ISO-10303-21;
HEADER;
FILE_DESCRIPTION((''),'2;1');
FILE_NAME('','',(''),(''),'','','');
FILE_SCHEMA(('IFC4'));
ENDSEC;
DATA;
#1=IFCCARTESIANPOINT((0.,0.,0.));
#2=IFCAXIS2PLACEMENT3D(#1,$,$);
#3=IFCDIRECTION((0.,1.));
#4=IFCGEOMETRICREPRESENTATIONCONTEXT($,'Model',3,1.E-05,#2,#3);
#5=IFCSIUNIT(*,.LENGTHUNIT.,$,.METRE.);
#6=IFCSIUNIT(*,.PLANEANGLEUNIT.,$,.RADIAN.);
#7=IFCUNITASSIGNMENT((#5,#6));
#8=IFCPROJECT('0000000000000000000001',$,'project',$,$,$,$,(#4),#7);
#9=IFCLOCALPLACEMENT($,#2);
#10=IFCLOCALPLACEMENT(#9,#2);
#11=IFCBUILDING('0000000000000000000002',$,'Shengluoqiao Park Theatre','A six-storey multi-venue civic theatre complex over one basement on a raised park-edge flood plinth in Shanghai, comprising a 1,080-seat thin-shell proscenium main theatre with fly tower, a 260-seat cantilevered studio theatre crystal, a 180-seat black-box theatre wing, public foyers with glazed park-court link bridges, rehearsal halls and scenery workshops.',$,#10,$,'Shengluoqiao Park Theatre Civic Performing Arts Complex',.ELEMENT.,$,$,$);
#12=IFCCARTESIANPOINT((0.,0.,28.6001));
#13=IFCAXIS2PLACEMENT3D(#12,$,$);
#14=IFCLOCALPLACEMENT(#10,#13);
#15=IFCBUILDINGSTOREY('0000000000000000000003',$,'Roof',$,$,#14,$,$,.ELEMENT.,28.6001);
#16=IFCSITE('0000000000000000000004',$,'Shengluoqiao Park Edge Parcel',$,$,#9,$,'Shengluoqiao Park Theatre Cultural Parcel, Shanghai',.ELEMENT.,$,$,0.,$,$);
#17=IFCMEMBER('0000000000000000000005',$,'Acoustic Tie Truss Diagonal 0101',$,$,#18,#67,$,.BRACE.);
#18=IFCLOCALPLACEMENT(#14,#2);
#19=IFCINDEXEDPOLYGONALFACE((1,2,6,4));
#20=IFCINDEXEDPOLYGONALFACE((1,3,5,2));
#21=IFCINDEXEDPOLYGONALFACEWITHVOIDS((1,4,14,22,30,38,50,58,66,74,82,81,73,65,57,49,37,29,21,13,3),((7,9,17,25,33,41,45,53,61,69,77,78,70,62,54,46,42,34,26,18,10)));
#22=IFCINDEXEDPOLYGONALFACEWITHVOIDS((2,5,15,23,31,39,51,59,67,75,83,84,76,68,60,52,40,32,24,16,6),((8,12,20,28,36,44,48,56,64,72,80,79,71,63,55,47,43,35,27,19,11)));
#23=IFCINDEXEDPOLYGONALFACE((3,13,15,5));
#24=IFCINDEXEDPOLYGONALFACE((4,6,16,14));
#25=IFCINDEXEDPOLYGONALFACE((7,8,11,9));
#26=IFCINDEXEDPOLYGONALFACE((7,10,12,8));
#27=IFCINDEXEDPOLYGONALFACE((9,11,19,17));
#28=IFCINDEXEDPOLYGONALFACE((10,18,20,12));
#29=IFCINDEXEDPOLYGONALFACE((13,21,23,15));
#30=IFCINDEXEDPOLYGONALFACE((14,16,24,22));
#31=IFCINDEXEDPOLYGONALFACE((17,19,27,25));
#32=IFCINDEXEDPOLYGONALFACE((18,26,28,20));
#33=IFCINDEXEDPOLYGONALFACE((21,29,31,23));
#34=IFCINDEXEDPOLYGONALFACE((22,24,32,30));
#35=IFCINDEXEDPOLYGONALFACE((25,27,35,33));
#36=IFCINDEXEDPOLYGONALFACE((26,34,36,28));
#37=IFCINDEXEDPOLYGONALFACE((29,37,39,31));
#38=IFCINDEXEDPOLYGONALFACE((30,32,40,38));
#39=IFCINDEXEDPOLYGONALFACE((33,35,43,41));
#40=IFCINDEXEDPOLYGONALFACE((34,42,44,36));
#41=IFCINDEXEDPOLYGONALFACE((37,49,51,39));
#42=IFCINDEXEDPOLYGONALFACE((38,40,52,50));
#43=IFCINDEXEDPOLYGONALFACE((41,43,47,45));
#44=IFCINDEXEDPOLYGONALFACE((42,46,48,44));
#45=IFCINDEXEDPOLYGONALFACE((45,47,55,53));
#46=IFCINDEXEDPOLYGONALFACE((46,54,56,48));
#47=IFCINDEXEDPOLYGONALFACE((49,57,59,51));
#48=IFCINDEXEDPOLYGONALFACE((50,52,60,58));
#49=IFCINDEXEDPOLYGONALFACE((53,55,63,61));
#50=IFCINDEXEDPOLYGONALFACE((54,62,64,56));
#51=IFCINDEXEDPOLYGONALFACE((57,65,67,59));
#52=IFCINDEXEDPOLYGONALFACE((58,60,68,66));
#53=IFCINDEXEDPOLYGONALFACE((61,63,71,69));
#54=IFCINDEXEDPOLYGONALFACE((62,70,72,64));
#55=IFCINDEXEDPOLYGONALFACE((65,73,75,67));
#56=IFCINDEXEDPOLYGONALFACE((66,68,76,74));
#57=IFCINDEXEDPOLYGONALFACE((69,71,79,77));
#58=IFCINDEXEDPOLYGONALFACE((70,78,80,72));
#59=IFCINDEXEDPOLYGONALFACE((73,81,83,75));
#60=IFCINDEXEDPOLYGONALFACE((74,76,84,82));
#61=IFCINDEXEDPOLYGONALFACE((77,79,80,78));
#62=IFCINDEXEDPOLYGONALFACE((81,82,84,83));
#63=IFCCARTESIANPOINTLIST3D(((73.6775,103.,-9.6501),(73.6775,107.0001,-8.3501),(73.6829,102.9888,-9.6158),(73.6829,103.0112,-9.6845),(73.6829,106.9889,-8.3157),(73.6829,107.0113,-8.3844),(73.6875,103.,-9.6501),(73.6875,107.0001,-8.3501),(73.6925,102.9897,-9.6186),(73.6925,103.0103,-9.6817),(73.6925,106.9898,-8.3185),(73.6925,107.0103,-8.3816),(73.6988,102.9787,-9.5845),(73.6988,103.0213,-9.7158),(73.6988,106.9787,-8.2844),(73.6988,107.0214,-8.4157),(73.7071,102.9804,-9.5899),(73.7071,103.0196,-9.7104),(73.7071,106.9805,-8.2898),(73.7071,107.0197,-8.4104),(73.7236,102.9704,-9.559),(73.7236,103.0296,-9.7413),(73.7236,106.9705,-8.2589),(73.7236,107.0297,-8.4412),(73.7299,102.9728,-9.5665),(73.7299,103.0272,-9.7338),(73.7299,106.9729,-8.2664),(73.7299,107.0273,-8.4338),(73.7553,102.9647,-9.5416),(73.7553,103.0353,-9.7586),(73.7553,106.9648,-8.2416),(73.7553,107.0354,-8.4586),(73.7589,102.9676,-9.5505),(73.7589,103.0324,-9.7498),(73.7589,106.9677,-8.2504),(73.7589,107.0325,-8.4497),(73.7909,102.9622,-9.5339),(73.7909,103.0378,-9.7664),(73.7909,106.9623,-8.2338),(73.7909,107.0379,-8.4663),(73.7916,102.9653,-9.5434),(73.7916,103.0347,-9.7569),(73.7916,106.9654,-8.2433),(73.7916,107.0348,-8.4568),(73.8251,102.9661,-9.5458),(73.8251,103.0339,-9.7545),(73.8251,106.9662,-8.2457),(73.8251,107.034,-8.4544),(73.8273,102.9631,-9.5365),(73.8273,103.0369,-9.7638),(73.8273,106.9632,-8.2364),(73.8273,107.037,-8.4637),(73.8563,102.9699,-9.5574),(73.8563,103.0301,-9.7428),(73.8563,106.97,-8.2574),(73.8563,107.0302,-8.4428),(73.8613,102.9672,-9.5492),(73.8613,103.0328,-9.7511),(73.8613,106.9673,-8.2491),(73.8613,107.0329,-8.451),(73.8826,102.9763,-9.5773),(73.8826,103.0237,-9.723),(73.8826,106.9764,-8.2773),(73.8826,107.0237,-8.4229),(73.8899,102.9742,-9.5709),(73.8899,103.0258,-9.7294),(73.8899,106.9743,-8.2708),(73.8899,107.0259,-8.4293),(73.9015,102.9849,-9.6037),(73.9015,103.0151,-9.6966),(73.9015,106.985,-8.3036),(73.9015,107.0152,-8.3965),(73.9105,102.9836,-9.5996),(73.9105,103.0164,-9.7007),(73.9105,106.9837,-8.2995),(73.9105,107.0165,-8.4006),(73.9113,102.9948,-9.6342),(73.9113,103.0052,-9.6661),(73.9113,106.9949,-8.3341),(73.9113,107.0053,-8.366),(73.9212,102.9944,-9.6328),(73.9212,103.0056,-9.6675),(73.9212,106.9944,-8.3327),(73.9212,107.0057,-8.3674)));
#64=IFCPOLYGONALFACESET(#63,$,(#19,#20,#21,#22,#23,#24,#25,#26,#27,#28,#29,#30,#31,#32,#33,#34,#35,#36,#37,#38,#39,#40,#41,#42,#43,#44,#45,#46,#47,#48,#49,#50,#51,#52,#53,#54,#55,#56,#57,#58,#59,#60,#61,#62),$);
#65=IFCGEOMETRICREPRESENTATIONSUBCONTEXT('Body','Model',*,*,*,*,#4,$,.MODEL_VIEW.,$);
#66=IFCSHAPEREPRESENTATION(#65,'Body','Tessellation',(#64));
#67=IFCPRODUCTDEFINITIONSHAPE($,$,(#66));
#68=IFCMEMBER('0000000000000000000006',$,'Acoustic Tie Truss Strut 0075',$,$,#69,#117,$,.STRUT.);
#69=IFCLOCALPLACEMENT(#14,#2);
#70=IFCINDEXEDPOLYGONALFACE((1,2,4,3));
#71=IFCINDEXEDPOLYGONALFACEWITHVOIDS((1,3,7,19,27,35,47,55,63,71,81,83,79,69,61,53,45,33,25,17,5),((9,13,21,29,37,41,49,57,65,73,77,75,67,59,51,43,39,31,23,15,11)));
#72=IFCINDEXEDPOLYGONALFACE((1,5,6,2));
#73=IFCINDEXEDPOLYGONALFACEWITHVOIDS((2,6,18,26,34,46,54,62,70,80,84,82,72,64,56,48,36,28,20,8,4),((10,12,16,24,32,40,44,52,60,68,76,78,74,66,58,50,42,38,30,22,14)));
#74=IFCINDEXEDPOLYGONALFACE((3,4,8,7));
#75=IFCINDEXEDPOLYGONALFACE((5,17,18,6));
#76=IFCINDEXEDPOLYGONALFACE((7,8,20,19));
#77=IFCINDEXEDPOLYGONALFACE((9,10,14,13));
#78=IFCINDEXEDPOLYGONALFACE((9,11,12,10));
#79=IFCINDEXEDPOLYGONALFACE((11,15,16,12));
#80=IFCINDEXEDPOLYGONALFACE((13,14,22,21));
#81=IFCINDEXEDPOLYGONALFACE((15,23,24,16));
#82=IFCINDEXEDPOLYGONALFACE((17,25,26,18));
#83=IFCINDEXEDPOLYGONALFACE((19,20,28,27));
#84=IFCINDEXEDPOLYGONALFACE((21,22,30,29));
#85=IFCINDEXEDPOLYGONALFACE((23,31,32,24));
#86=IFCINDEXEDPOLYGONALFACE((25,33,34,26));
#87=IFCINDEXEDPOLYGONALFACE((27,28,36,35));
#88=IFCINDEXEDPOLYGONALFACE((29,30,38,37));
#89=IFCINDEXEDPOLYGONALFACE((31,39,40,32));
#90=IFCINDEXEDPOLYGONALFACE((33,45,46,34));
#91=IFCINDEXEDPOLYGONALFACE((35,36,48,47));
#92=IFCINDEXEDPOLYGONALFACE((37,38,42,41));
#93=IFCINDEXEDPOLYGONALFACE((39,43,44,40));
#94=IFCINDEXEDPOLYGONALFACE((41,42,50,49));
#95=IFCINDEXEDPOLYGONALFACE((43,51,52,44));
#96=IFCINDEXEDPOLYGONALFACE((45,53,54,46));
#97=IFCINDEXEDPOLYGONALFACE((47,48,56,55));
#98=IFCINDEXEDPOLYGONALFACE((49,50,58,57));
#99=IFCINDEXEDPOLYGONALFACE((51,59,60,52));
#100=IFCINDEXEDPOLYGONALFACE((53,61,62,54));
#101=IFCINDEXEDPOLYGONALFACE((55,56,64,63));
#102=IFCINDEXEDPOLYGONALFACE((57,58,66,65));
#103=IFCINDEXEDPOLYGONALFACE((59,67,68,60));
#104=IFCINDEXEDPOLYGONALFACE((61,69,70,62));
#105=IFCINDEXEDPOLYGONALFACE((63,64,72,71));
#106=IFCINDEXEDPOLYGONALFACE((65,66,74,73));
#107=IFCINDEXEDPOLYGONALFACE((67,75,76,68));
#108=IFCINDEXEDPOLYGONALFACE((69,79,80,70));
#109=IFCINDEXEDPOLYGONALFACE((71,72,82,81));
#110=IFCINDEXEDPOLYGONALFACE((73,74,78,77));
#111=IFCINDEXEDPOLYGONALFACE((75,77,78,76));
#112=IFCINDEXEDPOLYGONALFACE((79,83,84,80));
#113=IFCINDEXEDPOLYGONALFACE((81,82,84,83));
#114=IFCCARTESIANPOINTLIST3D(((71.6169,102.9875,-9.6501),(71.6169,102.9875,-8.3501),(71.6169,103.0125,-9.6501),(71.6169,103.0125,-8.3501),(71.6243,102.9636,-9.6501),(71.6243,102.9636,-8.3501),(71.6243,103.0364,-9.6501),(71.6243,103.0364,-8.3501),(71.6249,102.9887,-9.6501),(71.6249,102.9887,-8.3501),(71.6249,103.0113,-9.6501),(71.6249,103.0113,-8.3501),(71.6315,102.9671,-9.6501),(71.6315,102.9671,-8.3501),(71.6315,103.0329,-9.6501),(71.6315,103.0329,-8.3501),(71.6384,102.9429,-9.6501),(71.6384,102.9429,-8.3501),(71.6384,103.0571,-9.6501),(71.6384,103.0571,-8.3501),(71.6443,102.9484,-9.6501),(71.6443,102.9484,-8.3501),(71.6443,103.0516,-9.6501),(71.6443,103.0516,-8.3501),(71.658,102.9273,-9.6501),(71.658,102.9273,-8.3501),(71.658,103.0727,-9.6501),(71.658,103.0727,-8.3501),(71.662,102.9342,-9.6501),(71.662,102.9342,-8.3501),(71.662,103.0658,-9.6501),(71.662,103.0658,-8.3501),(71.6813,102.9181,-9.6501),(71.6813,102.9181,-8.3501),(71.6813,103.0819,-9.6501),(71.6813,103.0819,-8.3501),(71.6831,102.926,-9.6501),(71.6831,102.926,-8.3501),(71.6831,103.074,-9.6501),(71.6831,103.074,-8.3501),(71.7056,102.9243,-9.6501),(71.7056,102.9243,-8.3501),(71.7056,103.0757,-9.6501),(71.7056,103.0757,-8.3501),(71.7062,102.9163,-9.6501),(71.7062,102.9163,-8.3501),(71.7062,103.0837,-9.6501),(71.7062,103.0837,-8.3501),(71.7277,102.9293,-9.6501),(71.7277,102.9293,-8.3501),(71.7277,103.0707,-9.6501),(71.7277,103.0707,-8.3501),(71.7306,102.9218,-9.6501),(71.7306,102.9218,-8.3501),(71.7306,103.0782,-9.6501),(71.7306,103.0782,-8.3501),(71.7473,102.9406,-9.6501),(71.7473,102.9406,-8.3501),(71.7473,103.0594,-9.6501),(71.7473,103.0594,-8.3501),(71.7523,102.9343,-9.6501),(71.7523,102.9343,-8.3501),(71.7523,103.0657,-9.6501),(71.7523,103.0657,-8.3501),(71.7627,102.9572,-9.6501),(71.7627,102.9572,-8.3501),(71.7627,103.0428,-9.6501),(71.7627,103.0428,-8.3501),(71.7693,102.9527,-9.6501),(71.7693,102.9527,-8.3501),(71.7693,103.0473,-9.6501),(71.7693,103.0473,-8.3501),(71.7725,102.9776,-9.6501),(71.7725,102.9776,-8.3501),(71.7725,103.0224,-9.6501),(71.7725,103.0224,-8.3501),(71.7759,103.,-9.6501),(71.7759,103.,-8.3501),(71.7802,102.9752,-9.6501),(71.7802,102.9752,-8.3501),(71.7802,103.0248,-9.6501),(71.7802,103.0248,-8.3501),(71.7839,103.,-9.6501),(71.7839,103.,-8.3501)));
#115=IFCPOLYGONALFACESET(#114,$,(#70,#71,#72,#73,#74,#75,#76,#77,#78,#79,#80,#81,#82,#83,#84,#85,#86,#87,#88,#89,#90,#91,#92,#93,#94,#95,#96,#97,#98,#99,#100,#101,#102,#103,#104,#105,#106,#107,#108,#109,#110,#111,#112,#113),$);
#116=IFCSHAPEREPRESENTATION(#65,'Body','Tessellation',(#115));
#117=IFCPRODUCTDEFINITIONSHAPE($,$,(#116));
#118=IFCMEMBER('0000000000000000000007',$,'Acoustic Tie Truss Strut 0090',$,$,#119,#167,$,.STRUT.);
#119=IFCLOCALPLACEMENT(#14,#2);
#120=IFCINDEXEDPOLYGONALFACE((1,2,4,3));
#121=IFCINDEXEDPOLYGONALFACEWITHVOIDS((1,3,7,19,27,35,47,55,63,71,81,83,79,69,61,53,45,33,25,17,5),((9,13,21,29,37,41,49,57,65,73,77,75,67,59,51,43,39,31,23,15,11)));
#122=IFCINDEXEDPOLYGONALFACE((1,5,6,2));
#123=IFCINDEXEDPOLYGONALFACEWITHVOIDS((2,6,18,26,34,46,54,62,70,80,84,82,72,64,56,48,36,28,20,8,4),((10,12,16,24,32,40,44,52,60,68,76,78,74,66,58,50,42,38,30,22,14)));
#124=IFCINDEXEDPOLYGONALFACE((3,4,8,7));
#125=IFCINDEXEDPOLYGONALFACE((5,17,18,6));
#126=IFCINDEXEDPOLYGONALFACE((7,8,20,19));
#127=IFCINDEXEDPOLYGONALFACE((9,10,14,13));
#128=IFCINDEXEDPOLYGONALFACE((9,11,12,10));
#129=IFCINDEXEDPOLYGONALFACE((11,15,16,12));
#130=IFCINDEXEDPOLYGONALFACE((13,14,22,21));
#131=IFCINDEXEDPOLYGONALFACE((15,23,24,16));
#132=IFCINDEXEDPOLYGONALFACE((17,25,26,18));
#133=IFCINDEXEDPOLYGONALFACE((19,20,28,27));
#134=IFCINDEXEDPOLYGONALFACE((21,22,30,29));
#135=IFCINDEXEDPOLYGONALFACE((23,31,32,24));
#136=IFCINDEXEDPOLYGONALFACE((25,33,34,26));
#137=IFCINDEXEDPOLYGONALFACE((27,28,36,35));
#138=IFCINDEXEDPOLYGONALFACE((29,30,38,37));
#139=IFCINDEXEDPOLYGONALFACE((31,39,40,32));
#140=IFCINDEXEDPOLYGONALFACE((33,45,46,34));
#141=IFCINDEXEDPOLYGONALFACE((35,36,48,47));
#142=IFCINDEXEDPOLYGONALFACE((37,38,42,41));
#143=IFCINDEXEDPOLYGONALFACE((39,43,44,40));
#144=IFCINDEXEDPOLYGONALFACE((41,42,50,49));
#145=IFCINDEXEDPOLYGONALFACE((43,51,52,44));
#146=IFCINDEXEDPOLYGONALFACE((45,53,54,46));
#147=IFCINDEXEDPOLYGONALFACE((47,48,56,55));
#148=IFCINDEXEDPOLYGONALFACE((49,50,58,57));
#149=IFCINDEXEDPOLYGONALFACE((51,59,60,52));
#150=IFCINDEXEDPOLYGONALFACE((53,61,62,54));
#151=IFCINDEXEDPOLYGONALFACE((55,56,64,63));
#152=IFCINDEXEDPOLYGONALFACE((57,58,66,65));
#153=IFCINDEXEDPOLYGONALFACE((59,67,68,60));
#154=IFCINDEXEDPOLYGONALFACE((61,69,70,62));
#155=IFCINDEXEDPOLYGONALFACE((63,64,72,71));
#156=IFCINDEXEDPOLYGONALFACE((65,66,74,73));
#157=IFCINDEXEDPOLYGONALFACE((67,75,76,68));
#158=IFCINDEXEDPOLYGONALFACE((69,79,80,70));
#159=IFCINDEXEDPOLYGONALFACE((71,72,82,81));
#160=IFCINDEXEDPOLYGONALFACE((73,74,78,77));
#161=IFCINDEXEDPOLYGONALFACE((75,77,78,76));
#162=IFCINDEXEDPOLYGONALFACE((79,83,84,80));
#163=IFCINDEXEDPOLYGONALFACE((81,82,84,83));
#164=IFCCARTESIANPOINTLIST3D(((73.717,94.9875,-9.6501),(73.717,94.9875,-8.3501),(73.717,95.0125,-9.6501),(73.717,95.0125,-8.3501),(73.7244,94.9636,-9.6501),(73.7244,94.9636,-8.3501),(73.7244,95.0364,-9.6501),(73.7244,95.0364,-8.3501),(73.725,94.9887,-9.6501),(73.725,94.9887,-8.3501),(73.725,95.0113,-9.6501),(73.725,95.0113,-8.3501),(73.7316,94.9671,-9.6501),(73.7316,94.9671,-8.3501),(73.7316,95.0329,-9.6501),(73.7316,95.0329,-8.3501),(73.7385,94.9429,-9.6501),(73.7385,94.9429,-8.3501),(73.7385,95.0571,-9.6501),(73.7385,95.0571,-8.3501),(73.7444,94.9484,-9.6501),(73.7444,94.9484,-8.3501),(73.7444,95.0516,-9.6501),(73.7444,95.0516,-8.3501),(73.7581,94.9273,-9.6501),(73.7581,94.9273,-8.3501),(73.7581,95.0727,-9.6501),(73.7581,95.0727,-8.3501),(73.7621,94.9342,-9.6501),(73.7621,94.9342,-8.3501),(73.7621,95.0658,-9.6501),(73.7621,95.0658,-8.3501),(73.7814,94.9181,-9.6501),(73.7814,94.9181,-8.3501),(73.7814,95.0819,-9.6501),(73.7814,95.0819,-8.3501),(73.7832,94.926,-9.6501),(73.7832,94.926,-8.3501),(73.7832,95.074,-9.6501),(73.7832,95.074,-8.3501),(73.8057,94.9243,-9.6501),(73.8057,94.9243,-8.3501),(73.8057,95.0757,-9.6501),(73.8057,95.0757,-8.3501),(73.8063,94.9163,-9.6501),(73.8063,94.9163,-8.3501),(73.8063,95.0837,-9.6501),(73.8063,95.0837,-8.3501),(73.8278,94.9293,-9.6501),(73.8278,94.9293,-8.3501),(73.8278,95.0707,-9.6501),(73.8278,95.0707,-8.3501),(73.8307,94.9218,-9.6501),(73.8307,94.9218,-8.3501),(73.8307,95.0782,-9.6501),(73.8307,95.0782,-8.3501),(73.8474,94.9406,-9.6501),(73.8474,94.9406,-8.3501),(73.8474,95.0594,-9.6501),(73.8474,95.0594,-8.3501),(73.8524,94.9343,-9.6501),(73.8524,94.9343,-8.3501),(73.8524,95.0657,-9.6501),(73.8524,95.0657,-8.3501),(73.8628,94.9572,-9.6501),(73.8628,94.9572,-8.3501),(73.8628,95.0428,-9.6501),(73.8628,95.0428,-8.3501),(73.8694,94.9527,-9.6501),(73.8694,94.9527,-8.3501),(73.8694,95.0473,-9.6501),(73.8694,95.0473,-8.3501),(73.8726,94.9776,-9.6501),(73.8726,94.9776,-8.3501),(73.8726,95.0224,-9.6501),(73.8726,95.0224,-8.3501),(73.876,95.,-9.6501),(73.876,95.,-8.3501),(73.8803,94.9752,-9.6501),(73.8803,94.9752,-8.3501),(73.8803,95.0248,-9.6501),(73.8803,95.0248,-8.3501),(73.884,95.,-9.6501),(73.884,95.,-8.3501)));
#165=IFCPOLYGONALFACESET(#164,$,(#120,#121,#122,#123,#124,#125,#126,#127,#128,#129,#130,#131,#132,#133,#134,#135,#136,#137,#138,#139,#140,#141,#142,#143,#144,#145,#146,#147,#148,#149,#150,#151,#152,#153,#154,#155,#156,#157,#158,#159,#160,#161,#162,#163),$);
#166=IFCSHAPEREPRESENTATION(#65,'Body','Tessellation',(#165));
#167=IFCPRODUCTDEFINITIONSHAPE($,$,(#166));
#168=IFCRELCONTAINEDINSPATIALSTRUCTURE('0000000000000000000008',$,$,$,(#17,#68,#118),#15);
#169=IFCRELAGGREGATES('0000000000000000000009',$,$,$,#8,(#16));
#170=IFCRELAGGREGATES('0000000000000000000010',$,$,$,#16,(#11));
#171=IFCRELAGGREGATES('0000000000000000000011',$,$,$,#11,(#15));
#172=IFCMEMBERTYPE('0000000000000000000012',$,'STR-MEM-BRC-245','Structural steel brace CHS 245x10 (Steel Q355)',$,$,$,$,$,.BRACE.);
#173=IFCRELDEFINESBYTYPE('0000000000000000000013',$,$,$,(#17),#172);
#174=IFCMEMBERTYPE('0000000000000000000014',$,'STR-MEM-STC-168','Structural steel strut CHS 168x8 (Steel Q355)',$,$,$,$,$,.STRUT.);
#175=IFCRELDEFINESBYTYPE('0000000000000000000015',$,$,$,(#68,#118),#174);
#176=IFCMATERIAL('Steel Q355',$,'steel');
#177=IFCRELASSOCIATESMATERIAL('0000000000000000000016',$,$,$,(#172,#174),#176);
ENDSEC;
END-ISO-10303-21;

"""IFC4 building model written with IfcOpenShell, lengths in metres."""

from ifc_helpers import new_model, si_unit, direction, frame, origin, origin_2d, place, context, subcontext, project, spatial, hollow_circle, extrude, material, material_profile, profile_set, type_object, element, save


model = new_model("IFC4")

# Units and contexts
model_context = context("Model", 3, precision=1e-05, world=origin(), true_north=direction((0.0, 1.0)))
body_context = subcontext(model_context, "Body", "Model", "MODEL_VIEW")
ifc_project = project(units=[si_unit("LENGTHUNIT", "METRE"), si_unit("PLANEANGLEUNIT", "RADIAN")], contexts=[model_context])

# Site, building, storey
site_placement = place(None, origin())
site = spatial("IfcSite", under=ifc_project, at=site_placement, Name="Shengluoqiao Park Edge Parcel", LongName="Shengluoqiao Park Theatre Cultural Parcel, Shanghai", CompositionType="ELEMENT", RefElevation=0.0)
building_placement = place(site_placement, origin())
building = spatial("IfcBuilding", under=site, at=building_placement, Name="Shengluoqiao Park Theatre", Description="A six-storey multi-venue civic theatre complex over one basement on a raised park-edge flood plinth in Shanghai, comprising a 1,080-seat thin-shell proscenium main theatre with fly tower, a 260-seat cantilevered studio theatre crystal, a 180-seat black-box theatre wing, public foyers with glazed park-court link bridges, rehearsal halls and scenery workshops.", LongName="Shengluoqiao Park Theatre Civic Performing Arts Complex", CompositionType="ELEMENT")
storey_placement = place(building_placement, frame((0.0, 0.0, 28.6001)))
storey = spatial("IfcBuildingStorey", under=building, at=storey_placement, Name="Roof", CompositionType="ELEMENT", Elevation=28.6001)

# Shared definitions
ifc_material = material(Name="Steel Q355", Category="steel")

# Members
ifc_material_profile_1 = material_profile(ifc_material, hollow_circle(Radius=0.1226, WallThickness=0.01, at=origin_2d()), Name="CHS 245x10")
ifc_profile_set_1 = profile_set([ifc_material_profile_1], Name="Steel Q355")
member_type_1 = type_object("IfcMemberType", Name="STR-MEM-BRC-245", Description="Structural steel brace CHS 245x10 (Steel Q355)", PredefinedType="BRACE", material=ifc_profile_set_1)
for number, where, z_axis, x_axis, name in (
    (1, (73.8, 103.0, -9.6501), (0.0, 0.951031, 0.309097), (-1.0, 0.0, 0.0), "Acoustic Tie Truss Diagonal 0101"),
):
    element("IfcMember", number, at=place(storey_placement, frame(where, z_axis=z_axis, x_axis=x_axis)), inside=storey, type_object=member_type_1, Name=name, PredefinedType="BRACE", context=body_context, shape_type="SweptSolid", body=[
        extrude(hollow_circle(Radius=0.1226, WallThickness=0.01, at=origin_2d()), origin(), (0.0, 0.0, 1.0), 4.2061),
    ])
ifc_material_profile_2 = material_profile(ifc_material, hollow_circle(Radius=0.084, WallThickness=0.0081, at=origin_2d()), Name="CHS 168x8")
ifc_profile_set_2 = profile_set([ifc_material_profile_2], Name="Steel Q355")
member_type_2 = type_object("IfcMemberType", Name="STR-MEM-STC-168", Description="Structural steel strut CHS 168x8 (Steel Q355)", PredefinedType="STRUT", material=ifc_profile_set_2)
for number, where, z_axis, x_axis, name in (
    (2, (71.7, 103.0, -9.6501), (0.0, 0.0, 1.0), (1.0, 0.0, 0.0), "Acoustic Tie Truss Strut 0075"),
    (3, (73.8, 95.0, -9.6501), (0.0, 0.0, 1.0), (1.0, 0.0, 0.0), "Acoustic Tie Truss Strut 0090"),
):
    element("IfcMember", number, at=place(storey_placement, frame(where, z_axis=z_axis, x_axis=x_axis)), inside=storey, type_object=member_type_2, Name=name, PredefinedType="STRUT", context=body_context, shape_type="SweptSolid", body=[
        extrude(hollow_circle(Radius=0.084, WallThickness=0.0081, at=origin_2d()), origin(), (0.0, 0.0, 1.0), 1.3),
    ])

save(model, "model.ifc")
